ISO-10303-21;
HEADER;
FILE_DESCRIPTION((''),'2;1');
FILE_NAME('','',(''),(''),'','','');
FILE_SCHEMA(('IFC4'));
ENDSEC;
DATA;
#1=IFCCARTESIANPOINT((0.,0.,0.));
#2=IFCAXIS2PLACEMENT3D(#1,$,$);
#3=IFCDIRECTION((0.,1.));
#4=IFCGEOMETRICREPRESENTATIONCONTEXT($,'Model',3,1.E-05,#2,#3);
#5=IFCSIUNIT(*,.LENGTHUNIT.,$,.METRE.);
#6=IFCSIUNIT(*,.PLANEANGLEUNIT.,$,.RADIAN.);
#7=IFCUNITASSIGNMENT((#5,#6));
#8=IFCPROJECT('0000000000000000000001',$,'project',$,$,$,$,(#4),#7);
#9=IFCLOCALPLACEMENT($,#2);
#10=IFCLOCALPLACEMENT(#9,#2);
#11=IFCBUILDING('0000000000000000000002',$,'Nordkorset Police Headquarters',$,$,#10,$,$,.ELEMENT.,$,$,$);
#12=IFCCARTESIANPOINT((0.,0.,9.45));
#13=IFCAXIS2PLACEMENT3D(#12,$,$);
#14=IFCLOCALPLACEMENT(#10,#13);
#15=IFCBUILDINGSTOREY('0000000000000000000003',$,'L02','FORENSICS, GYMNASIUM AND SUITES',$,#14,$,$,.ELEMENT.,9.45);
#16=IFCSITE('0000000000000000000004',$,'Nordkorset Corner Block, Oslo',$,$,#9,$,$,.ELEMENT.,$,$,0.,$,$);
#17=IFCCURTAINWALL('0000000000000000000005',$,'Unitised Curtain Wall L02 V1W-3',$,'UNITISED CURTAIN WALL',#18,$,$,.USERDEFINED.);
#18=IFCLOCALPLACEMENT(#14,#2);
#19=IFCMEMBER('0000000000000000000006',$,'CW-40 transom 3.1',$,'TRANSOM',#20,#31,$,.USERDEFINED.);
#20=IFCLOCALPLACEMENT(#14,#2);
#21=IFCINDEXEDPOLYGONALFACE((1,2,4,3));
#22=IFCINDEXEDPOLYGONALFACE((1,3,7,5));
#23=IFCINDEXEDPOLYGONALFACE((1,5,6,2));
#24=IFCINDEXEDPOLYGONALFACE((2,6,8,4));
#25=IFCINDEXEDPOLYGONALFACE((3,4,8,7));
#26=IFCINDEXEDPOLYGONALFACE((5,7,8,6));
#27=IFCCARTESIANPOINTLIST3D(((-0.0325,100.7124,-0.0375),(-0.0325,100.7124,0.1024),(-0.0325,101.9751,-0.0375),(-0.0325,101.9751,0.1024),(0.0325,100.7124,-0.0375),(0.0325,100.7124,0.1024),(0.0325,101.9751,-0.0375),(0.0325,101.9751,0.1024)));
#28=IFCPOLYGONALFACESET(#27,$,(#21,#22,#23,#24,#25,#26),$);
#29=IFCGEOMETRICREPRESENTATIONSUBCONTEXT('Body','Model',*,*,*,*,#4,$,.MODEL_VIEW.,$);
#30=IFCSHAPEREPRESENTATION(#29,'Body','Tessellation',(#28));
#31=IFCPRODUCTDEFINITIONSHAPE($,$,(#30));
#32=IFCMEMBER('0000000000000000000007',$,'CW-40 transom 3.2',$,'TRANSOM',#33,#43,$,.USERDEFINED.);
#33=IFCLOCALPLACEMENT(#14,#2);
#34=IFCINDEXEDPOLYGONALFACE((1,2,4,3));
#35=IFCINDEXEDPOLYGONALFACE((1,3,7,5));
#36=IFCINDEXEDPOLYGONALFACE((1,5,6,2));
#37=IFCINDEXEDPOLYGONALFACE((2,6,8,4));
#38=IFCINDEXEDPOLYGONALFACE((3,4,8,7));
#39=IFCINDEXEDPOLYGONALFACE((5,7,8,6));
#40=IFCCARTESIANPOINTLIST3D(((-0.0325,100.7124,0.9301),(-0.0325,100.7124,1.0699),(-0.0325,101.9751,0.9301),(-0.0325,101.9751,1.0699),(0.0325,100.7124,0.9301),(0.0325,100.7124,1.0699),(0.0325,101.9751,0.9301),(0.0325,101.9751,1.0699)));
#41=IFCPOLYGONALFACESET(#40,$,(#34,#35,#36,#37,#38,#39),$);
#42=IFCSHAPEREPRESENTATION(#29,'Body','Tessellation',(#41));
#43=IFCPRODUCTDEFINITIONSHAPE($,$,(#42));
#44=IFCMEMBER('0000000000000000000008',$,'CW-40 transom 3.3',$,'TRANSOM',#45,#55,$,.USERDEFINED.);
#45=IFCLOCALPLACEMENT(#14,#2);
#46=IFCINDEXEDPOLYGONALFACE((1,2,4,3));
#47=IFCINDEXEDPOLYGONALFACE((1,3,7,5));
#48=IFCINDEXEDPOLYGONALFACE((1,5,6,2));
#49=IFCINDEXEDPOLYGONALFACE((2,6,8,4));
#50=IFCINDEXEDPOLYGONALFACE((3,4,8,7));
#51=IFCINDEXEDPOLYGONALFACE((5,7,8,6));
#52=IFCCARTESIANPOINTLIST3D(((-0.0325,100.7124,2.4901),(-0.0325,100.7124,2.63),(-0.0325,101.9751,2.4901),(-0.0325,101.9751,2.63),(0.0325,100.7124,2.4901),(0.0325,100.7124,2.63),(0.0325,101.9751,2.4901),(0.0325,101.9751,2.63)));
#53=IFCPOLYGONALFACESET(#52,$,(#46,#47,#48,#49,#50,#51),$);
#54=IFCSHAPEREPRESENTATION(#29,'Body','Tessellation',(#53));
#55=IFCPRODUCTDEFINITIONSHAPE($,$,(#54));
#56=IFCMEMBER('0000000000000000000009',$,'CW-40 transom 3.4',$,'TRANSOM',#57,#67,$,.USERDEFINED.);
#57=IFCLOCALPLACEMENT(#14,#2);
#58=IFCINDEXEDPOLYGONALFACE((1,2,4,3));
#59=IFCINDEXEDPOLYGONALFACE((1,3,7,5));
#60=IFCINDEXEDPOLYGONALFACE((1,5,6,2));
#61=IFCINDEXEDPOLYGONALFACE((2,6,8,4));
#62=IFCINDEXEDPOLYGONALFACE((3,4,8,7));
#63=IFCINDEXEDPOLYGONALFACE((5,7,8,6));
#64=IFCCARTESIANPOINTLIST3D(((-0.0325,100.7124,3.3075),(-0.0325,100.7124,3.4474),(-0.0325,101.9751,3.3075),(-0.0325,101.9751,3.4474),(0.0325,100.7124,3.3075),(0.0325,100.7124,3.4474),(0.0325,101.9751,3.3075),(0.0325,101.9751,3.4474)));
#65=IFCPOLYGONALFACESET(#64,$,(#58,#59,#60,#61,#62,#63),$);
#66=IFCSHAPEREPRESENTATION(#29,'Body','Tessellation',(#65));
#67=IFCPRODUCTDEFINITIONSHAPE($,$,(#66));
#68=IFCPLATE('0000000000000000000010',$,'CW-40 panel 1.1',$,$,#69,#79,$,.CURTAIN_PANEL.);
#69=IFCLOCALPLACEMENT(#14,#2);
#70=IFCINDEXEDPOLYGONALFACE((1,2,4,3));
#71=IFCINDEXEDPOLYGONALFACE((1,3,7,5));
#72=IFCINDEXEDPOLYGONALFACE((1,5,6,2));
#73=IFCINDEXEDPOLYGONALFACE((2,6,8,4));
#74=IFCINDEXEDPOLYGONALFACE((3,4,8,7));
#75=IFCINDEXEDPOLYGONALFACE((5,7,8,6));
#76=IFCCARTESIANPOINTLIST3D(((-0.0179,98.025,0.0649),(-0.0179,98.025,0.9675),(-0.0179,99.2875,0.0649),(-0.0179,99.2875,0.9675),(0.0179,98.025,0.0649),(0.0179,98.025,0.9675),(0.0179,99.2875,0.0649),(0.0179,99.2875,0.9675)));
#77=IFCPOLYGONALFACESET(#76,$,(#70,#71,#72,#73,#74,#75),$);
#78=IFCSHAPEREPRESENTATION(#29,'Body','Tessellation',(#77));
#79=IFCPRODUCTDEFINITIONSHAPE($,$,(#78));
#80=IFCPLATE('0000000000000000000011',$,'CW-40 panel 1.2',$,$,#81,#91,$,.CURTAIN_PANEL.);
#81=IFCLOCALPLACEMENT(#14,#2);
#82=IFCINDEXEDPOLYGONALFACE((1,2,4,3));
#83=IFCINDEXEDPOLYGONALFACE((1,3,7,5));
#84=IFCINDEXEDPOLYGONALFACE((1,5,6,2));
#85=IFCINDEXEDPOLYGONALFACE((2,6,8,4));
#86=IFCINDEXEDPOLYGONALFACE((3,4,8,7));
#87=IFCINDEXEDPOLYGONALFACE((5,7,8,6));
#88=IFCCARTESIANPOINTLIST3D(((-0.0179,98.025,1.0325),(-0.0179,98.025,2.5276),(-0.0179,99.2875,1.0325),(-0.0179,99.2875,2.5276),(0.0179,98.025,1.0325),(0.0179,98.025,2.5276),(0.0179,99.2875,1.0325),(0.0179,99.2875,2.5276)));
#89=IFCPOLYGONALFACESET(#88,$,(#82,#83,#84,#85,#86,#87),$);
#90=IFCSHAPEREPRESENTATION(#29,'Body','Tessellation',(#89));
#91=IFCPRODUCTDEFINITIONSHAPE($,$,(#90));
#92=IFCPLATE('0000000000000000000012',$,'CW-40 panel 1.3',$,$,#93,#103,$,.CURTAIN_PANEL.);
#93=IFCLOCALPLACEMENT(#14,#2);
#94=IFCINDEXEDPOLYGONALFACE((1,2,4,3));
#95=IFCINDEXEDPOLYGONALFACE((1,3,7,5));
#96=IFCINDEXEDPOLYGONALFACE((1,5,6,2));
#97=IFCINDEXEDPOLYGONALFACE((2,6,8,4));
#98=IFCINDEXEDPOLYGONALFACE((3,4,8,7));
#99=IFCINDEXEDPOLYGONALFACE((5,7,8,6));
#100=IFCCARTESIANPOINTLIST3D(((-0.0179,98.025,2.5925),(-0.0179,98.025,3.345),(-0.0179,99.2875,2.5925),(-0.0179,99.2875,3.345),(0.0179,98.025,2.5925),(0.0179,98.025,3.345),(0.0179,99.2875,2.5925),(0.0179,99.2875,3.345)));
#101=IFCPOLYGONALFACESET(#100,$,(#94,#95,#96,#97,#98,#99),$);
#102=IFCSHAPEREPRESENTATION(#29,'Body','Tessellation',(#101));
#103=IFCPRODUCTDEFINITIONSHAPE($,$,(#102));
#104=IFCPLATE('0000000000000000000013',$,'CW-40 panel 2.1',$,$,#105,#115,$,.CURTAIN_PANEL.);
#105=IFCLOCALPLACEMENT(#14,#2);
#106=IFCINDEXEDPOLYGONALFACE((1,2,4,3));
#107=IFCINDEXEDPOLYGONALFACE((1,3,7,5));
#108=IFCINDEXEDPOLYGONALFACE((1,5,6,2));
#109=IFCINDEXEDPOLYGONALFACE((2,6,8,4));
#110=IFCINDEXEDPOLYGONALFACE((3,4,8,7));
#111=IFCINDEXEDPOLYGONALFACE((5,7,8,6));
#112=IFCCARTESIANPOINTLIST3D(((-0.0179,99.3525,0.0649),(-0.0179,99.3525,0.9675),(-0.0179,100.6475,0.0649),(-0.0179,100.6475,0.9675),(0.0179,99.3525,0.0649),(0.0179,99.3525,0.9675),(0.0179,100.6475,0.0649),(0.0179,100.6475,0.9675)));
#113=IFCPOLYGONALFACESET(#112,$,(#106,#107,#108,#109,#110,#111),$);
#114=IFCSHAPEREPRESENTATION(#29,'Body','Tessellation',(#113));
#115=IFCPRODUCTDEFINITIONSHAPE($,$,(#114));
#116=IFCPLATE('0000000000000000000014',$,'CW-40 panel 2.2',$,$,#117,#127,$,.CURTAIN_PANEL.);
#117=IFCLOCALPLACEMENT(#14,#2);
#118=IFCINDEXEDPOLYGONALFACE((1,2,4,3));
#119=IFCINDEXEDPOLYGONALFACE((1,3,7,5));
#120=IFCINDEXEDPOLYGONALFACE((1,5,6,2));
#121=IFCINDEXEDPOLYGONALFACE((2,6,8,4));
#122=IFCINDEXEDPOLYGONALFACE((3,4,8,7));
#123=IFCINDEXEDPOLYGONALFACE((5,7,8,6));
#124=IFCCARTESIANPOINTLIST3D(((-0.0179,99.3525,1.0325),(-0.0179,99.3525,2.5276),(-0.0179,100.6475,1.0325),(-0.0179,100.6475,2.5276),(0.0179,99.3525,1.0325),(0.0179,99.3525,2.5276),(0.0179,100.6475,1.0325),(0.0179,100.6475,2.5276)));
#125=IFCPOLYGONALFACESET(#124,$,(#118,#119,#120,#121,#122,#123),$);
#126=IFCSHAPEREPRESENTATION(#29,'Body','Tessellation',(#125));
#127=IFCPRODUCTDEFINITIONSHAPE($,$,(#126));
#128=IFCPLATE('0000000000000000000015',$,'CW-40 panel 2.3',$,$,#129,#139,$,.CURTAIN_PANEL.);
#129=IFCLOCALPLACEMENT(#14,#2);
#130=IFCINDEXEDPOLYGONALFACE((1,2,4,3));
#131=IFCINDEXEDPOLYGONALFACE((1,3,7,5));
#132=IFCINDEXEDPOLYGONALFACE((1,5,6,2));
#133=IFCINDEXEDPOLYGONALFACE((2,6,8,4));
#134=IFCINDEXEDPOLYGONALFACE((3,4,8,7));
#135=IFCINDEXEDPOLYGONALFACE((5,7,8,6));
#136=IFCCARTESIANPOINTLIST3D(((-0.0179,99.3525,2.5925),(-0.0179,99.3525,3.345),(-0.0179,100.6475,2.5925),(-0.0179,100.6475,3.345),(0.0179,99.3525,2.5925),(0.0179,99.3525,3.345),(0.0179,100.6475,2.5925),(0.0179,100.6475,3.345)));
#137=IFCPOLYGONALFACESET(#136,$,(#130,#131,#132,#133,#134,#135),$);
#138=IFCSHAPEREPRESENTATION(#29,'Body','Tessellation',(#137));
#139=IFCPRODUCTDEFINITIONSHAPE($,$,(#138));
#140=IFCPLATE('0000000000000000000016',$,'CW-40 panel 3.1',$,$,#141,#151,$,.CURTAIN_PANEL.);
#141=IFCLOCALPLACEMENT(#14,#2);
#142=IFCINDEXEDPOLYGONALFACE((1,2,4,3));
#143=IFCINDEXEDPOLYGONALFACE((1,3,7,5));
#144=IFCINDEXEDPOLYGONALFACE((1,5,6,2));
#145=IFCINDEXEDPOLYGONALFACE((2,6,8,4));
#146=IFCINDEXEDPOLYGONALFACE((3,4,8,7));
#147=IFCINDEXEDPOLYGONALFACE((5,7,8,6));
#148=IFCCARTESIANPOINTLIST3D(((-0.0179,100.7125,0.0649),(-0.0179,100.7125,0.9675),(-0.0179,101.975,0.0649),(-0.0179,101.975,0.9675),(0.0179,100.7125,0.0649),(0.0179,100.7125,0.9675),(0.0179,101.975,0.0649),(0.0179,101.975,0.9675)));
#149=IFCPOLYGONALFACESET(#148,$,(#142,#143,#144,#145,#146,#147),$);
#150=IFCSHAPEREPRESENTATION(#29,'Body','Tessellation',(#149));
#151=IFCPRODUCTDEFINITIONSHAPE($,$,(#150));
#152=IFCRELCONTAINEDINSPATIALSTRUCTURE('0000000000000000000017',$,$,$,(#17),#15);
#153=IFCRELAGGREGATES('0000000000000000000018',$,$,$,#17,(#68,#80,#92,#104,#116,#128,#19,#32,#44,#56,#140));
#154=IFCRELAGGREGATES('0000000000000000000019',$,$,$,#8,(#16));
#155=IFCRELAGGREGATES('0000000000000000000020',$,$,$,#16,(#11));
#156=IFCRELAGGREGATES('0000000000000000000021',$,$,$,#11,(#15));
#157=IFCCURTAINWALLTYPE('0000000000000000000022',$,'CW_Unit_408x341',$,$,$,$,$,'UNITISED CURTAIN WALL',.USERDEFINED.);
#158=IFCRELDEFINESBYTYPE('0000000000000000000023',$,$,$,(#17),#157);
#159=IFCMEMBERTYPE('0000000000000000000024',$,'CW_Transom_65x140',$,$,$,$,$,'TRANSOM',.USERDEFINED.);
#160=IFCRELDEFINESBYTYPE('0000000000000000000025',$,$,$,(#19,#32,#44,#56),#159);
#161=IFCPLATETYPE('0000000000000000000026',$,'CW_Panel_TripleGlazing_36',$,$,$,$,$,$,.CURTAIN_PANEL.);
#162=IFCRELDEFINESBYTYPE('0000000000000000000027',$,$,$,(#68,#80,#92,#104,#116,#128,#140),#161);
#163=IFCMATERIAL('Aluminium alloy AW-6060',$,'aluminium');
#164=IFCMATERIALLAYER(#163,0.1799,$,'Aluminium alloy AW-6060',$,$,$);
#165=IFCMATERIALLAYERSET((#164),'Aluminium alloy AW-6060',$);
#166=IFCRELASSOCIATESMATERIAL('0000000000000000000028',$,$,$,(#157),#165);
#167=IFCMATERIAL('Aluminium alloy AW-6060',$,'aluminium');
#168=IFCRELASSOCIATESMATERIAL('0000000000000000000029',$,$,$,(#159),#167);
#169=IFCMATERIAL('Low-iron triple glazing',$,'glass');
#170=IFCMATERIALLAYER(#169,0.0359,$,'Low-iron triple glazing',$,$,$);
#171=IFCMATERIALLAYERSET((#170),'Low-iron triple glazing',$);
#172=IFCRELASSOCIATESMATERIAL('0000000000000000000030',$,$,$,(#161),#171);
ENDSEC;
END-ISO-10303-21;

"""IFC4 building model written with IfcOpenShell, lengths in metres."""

from ifc_helpers import new_model, si_unit, direction, frame, origin, origin_2d, place, context, subcontext, project, spatial, rectangle, extrude, material, layer, layer_set, material_profile, profile_set, type_object, element, aggregate, save


model = new_model("IFC4")

# Units and contexts
model_context = context("Model", 3, precision=1e-05, world=origin(), true_north=direction((0.0, 1.0)))
body_context = subcontext(model_context, "Body", "Model", "MODEL_VIEW")
ifc_project = project(units=[si_unit("LENGTHUNIT", "METRE"), si_unit("PLANEANGLEUNIT", "RADIAN")], contexts=[model_context])

# Site, building, storey
site_placement = place(None, origin())
site = spatial("IfcSite", under=ifc_project, at=site_placement, Name="Nordkorset Corner Block, Oslo", CompositionType="ELEMENT", RefElevation=0.0)
building_placement = place(site_placement, origin())
building = spatial("IfcBuilding", under=site, at=building_placement, Name="Nordkorset Police Headquarters", CompositionType="ELEMENT")
storey_placement = place(building_placement, frame((0.0, 0.0, 9.45)))
storey = spatial("IfcBuildingStorey", under=building, at=storey_placement, Name="L02", Description="FORENSICS, GYMNASIUM AND SUITES", CompositionType="ELEMENT", Elevation=9.45)

# Curtain wall, members, plates
ifc_material_1 = material(Name="Aluminium alloy AW-6060", Category="aluminium")
ifc_layer_1 = layer(ifc_material_1, 0.1799, Name="Aluminium alloy AW-6060")
ifc_layer_set_1 = layer_set([ifc_layer_1], Name="Aluminium alloy AW-6060")
curtain_wall_type = type_object("IfcCurtainWallType", Name="CW_Unit_408x341", ElementType="UNITISED CURTAIN WALL", PredefinedType="USERDEFINED", material=ifc_layer_set_1)
curtain_wall_placement = place(storey_placement, origin())
curtain_wall = element("IfcCurtainWall", 1, at=curtain_wall_placement, inside=storey, type_object=curtain_wall_type, Name="Unitised Curtain Wall L02 V1W-3", ObjectType="UNITISED CURTAIN WALL", PredefinedType="USERDEFINED")
ifc_material_2 = material(Name="Aluminium alloy AW-6060", Category="aluminium")
ifc_material_profile_1 = material_profile(ifc_material_2, rectangle(XDim=0.0649, YDim=0.1399, at=origin_2d()), Name="ALU TRAN 65x140")
ifc_profile_set_1 = profile_set([ifc_material_profile_1], Name="Aluminium alloy AW-6060")
member_type_1 = type_object("IfcMemberType", Name="CW_Transom_65x140", ElementType="TRANSOM", PredefinedType="USERDEFINED", material=ifc_profile_set_1)
member_1_placement = place(storey_placement, frame((0.0, 100.7124, 0.0325), z_axis=(0.0, 1.0, 0.0), x_axis=(-1.0, 0.0, 0.0)))
member_1 = element("IfcMember", 2, at=member_1_placement, type_object=member_type_1, Name="CW-40 transom 3.1", ObjectType="TRANSOM", PredefinedType="USERDEFINED", context=body_context, shape_type="SweptSolid", body=[
    extrude(rectangle(XDim=0.0649, YDim=0.1399, at=origin_2d()), origin(), (0.0, 0.0, 1.0), 1.2627),
])
member_2_placement = place(storey_placement, frame((0.0, 100.7124, 1.0), z_axis=(0.0, 1.0, 0.0), x_axis=(-1.0, 0.0, 0.0)))
member_2 = element("IfcMember", 3, at=member_2_placement, type_object=member_type_1, Name="CW-40 transom 3.2", ObjectType="TRANSOM", PredefinedType="USERDEFINED", context=body_context, shape_type="SweptSolid", body=[
    extrude(rectangle(XDim=0.0649, YDim=0.1399, at=origin_2d()), origin(), (0.0, 0.0, 1.0), 1.2627),
])
member_3_placement = place(storey_placement, frame((0.0, 100.7124, 2.5601), z_axis=(0.0, 1.0, 0.0), x_axis=(-1.0, 0.0, 0.0)))
member_3 = element("IfcMember", 4, at=member_3_placement, type_object=member_type_1, Name="CW-40 transom 3.3", ObjectType="TRANSOM", PredefinedType="USERDEFINED", context=body_context, shape_type="SweptSolid", body=[
    extrude(rectangle(XDim=0.0649, YDim=0.1399, at=origin_2d()), origin(), (0.0, 0.0, 1.0), 1.2627),
])
member_4_placement = place(storey_placement, frame((0.0, 100.7124, 3.3774), z_axis=(0.0, 1.0, 0.0), x_axis=(-1.0, 0.0, 0.0)))
member_4 = element("IfcMember", 5, at=member_4_placement, type_object=member_type_1, Name="CW-40 transom 3.4", ObjectType="TRANSOM", PredefinedType="USERDEFINED", context=body_context, shape_type="SweptSolid", body=[
    extrude(rectangle(XDim=0.0649, YDim=0.1399, at=origin_2d()), origin(), (0.0, 0.0, 1.0), 1.2627),
])
ifc_material_3 = material(Name="Low-iron triple glazing", Category="glass")
ifc_layer_2 = layer(ifc_material_3, 0.0359, Name="Low-iron triple glazing")
ifc_layer_set_2 = layer_set([ifc_layer_2], Name="Low-iron triple glazing")
plate_type = type_object("IfcPlateType", Name="CW_Panel_TripleGlazing_36", PredefinedType="CURTAIN_PANEL", material=ifc_layer_set_2)
plate_1_placement = place(storey_placement, frame((0.0, 98.6562, 0.0649), z_axis=(0.0, 0.0, 1.0), x_axis=(0.0, 1.0, 0.0)))
plate_1 = element("IfcPlate", 6, at=plate_1_placement, type_object=plate_type, Name="CW-40 panel 1.1", PredefinedType="CURTAIN_PANEL", context=body_context, shape_type="SweptSolid", body=[
    extrude(rectangle(XDim=1.2625, YDim=0.0359, at=origin_2d()), origin(), (0.0, 0.0, 1.0), 0.9026),
])
plate_2_placement = place(storey_placement, frame((0.0, 98.6562, 1.0325), z_axis=(0.0, 0.0, 1.0), x_axis=(0.0, 1.0, 0.0)))
plate_2 = element("IfcPlate", 7, at=plate_2_placement, type_object=plate_type, Name="CW-40 panel 1.2", PredefinedType="CURTAIN_PANEL", context=body_context, shape_type="SweptSolid", body=[
    extrude(rectangle(XDim=1.2625, YDim=0.0359, at=origin_2d()), origin(), (0.0, 0.0, 1.0), 1.4951),
])
plate_3_placement = place(storey_placement, frame((0.0, 98.6562, 2.5925), z_axis=(0.0, 0.0, 1.0), x_axis=(0.0, 1.0, 0.0)))
plate_3 = element("IfcPlate", 8, at=plate_3_placement, type_object=plate_type, Name="CW-40 panel 1.3", PredefinedType="CURTAIN_PANEL", context=body_context, shape_type="SweptSolid", body=[
    extrude(rectangle(XDim=1.2625, YDim=0.0359, at=origin_2d()), origin(), (0.0, 0.0, 1.0), 0.7524),
])
plate_4_placement = place(storey_placement, frame((0.0, 100.0, 0.0649), z_axis=(0.0, 0.0, 1.0), x_axis=(0.0, 1.0, 0.0)))
plate_4 = element("IfcPlate", 9, at=plate_4_placement, type_object=plate_type, Name="CW-40 panel 2.1", PredefinedType="CURTAIN_PANEL", context=body_context, shape_type="SweptSolid", body=[
    extrude(rectangle(XDim=1.2949, YDim=0.0359, at=origin_2d()), origin(), (0.0, 0.0, 1.0), 0.9026),
])
plate_5_placement = place(storey_placement, frame((0.0, 100.0, 1.0325), z_axis=(0.0, 0.0, 1.0), x_axis=(0.0, 1.0, 0.0)))
plate_5 = element("IfcPlate", 10, at=plate_5_placement, type_object=plate_type, Name="CW-40 panel 2.2", PredefinedType="CURTAIN_PANEL", context=body_context, shape_type="SweptSolid", body=[
    extrude(rectangle(XDim=1.2949, YDim=0.0359, at=origin_2d()), origin(), (0.0, 0.0, 1.0), 1.4951),
])
plate_6_placement = place(storey_placement, frame((0.0, 100.0, 2.5925), z_axis=(0.0, 0.0, 1.0), x_axis=(0.0, 1.0, 0.0)))
plate_6 = element("IfcPlate", 11, at=plate_6_placement, type_object=plate_type, Name="CW-40 panel 2.3", PredefinedType="CURTAIN_PANEL", context=body_context, shape_type="SweptSolid", body=[
    extrude(rectangle(XDim=1.2949, YDim=0.0359, at=origin_2d()), origin(), (0.0, 0.0, 1.0), 0.7524),
])
plate_7_placement = place(storey_placement, frame((0.0, 101.3438, 0.0649), z_axis=(0.0, 0.0, 1.0), x_axis=(0.0, 1.0, 0.0)))
plate_7 = element("IfcPlate", 12, at=plate_7_placement, type_object=plate_type, Name="CW-40 panel 3.1", PredefinedType="CURTAIN_PANEL", context=body_context, shape_type="SweptSolid", body=[
    extrude(rectangle(XDim=1.2625, YDim=0.0359, at=origin_2d()), origin(), (0.0, 0.0, 1.0), 0.9026),
])
aggregate(curtain_wall, [plate_1, plate_2, plate_3, plate_4, plate_5, plate_6, member_1, member_2, member_3, member_4, plate_7])

save(model, "model.ifc")
